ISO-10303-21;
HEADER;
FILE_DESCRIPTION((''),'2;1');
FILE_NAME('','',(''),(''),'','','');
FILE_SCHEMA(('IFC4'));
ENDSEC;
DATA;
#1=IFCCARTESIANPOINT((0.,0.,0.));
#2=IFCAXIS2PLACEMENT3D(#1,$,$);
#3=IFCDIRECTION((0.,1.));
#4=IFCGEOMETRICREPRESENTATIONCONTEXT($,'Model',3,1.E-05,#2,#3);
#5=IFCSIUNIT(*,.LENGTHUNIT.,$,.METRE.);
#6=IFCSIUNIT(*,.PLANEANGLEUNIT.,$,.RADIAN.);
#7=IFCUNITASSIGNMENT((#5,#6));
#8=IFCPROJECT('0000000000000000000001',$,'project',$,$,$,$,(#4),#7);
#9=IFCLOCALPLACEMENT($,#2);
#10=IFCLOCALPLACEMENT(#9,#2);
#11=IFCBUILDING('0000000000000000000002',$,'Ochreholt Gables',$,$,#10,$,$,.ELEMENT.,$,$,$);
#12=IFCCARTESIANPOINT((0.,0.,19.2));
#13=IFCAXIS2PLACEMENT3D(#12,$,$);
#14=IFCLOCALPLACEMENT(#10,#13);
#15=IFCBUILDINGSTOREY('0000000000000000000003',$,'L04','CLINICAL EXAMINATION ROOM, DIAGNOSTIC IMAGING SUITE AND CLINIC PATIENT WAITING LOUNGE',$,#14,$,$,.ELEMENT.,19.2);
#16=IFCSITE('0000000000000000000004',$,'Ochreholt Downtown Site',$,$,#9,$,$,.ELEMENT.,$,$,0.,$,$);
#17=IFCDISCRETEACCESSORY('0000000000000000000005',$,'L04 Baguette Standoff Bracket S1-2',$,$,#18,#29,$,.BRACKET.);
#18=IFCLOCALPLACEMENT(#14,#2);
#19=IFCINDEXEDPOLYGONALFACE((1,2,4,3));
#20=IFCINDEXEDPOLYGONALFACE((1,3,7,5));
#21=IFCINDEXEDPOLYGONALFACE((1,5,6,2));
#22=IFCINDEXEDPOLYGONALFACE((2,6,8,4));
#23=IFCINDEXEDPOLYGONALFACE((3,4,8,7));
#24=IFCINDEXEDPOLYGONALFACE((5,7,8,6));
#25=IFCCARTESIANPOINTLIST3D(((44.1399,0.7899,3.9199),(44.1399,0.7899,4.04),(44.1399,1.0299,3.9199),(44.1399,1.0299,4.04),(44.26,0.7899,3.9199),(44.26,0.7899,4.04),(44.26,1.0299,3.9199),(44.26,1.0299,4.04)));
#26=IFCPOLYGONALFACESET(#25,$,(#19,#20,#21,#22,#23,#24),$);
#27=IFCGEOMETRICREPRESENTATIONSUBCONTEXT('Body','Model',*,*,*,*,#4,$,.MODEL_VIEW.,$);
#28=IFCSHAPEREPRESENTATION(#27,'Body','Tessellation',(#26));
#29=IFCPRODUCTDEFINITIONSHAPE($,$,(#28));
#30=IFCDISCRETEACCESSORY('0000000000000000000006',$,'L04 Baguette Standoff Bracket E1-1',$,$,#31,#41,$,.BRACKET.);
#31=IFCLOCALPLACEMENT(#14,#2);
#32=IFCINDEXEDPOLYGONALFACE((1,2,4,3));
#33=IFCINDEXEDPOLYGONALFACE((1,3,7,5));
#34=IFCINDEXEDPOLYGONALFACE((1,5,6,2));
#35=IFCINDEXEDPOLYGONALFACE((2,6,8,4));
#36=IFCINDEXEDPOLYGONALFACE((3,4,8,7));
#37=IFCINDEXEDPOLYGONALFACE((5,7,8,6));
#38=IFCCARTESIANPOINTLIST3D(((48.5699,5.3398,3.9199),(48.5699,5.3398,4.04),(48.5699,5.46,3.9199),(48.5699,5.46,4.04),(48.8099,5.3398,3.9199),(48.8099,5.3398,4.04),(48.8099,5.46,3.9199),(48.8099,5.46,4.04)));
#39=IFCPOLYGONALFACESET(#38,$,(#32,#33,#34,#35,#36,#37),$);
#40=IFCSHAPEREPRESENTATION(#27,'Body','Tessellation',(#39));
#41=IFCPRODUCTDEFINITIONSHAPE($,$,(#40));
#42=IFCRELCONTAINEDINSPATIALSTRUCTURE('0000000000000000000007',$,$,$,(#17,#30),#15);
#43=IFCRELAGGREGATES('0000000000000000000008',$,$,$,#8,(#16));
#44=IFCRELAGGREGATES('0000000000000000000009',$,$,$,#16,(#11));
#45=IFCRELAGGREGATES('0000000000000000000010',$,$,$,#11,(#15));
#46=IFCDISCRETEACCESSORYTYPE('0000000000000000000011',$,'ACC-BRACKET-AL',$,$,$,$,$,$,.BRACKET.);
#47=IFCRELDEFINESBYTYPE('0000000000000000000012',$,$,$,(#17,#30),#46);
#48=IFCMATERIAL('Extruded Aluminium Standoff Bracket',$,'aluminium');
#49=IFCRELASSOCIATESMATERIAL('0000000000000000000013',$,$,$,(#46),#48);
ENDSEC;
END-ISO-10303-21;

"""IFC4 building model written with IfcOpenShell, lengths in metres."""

from ifc_helpers import new_model, si_unit, direction, frame, origin, origin_2d, place, context, subcontext, project, spatial, rectangle, extrude, material, type_object, element, save


model = new_model("IFC4")

# Units and contexts
model_context = context("Model", 3, precision=1e-05, world=origin(), true_north=direction((0.0, 1.0)))
body_context = subcontext(model_context, "Body", "Model", "MODEL_VIEW")
ifc_project = project(units=[si_unit("LENGTHUNIT", "METRE"), si_unit("PLANEANGLEUNIT", "RADIAN")], contexts=[model_context])

# Site, building, storey
site_placement = place(None, origin())
site = spatial("IfcSite", under=ifc_project, at=site_placement, Name="Ochreholt Downtown Site", CompositionType="ELEMENT", RefElevation=0.0)
building_placement = place(site_placement, origin())
building = spatial("IfcBuilding", under=site, at=building_placement, Name="Ochreholt Gables", CompositionType="ELEMENT")
storey_placement = place(building_placement, frame((0.0, 0.0, 19.2)))
storey = spatial("IfcBuildingStorey", under=building, at=storey_placement, Name="L04", Description="CLINICAL EXAMINATION ROOM, DIAGNOSTIC IMAGING SUITE AND CLINIC PATIENT WAITING LOUNGE", CompositionType="ELEMENT", Elevation=19.2)

# Discrete accessories
ifc_material_1 = material(Name="Extruded Aluminium Standoff Bracket", Category="aluminium")
discrete_accessory_type = type_object("IfcDiscreteAccessoryType", Name="ACC-BRACKET-AL", PredefinedType="BRACKET", material=ifc_material_1)
for number, where, z_axis, x_axis, name in (
    (1, (44.2, 0.9099, 3.9199), (0.0, 0.0, 1.0), (1.0, 0.0, 0.0), "L04 Baguette Standoff Bracket S1-2"),
    (2, (48.6899, 5.3999, 3.9199), (0.0, 0.0, 1.0), (0.0, 1.0, 0.0), "L04 Baguette Standoff Bracket E1-1"),
):
    element("IfcDiscreteAccessory", number, at=place(storey_placement, frame(where, z_axis=z_axis, x_axis=x_axis)), inside=storey, type_object=discrete_accessory_type, Name=name, PredefinedType="BRACKET", context=body_context, shape_type="SweptSolid", body=[
        extrude(rectangle(XDim=0.1201, YDim=0.24, at=origin_2d()), origin(), (0.0, 0.0, 1.0), 0.1201),
    ])

save(model, "model.ifc")
